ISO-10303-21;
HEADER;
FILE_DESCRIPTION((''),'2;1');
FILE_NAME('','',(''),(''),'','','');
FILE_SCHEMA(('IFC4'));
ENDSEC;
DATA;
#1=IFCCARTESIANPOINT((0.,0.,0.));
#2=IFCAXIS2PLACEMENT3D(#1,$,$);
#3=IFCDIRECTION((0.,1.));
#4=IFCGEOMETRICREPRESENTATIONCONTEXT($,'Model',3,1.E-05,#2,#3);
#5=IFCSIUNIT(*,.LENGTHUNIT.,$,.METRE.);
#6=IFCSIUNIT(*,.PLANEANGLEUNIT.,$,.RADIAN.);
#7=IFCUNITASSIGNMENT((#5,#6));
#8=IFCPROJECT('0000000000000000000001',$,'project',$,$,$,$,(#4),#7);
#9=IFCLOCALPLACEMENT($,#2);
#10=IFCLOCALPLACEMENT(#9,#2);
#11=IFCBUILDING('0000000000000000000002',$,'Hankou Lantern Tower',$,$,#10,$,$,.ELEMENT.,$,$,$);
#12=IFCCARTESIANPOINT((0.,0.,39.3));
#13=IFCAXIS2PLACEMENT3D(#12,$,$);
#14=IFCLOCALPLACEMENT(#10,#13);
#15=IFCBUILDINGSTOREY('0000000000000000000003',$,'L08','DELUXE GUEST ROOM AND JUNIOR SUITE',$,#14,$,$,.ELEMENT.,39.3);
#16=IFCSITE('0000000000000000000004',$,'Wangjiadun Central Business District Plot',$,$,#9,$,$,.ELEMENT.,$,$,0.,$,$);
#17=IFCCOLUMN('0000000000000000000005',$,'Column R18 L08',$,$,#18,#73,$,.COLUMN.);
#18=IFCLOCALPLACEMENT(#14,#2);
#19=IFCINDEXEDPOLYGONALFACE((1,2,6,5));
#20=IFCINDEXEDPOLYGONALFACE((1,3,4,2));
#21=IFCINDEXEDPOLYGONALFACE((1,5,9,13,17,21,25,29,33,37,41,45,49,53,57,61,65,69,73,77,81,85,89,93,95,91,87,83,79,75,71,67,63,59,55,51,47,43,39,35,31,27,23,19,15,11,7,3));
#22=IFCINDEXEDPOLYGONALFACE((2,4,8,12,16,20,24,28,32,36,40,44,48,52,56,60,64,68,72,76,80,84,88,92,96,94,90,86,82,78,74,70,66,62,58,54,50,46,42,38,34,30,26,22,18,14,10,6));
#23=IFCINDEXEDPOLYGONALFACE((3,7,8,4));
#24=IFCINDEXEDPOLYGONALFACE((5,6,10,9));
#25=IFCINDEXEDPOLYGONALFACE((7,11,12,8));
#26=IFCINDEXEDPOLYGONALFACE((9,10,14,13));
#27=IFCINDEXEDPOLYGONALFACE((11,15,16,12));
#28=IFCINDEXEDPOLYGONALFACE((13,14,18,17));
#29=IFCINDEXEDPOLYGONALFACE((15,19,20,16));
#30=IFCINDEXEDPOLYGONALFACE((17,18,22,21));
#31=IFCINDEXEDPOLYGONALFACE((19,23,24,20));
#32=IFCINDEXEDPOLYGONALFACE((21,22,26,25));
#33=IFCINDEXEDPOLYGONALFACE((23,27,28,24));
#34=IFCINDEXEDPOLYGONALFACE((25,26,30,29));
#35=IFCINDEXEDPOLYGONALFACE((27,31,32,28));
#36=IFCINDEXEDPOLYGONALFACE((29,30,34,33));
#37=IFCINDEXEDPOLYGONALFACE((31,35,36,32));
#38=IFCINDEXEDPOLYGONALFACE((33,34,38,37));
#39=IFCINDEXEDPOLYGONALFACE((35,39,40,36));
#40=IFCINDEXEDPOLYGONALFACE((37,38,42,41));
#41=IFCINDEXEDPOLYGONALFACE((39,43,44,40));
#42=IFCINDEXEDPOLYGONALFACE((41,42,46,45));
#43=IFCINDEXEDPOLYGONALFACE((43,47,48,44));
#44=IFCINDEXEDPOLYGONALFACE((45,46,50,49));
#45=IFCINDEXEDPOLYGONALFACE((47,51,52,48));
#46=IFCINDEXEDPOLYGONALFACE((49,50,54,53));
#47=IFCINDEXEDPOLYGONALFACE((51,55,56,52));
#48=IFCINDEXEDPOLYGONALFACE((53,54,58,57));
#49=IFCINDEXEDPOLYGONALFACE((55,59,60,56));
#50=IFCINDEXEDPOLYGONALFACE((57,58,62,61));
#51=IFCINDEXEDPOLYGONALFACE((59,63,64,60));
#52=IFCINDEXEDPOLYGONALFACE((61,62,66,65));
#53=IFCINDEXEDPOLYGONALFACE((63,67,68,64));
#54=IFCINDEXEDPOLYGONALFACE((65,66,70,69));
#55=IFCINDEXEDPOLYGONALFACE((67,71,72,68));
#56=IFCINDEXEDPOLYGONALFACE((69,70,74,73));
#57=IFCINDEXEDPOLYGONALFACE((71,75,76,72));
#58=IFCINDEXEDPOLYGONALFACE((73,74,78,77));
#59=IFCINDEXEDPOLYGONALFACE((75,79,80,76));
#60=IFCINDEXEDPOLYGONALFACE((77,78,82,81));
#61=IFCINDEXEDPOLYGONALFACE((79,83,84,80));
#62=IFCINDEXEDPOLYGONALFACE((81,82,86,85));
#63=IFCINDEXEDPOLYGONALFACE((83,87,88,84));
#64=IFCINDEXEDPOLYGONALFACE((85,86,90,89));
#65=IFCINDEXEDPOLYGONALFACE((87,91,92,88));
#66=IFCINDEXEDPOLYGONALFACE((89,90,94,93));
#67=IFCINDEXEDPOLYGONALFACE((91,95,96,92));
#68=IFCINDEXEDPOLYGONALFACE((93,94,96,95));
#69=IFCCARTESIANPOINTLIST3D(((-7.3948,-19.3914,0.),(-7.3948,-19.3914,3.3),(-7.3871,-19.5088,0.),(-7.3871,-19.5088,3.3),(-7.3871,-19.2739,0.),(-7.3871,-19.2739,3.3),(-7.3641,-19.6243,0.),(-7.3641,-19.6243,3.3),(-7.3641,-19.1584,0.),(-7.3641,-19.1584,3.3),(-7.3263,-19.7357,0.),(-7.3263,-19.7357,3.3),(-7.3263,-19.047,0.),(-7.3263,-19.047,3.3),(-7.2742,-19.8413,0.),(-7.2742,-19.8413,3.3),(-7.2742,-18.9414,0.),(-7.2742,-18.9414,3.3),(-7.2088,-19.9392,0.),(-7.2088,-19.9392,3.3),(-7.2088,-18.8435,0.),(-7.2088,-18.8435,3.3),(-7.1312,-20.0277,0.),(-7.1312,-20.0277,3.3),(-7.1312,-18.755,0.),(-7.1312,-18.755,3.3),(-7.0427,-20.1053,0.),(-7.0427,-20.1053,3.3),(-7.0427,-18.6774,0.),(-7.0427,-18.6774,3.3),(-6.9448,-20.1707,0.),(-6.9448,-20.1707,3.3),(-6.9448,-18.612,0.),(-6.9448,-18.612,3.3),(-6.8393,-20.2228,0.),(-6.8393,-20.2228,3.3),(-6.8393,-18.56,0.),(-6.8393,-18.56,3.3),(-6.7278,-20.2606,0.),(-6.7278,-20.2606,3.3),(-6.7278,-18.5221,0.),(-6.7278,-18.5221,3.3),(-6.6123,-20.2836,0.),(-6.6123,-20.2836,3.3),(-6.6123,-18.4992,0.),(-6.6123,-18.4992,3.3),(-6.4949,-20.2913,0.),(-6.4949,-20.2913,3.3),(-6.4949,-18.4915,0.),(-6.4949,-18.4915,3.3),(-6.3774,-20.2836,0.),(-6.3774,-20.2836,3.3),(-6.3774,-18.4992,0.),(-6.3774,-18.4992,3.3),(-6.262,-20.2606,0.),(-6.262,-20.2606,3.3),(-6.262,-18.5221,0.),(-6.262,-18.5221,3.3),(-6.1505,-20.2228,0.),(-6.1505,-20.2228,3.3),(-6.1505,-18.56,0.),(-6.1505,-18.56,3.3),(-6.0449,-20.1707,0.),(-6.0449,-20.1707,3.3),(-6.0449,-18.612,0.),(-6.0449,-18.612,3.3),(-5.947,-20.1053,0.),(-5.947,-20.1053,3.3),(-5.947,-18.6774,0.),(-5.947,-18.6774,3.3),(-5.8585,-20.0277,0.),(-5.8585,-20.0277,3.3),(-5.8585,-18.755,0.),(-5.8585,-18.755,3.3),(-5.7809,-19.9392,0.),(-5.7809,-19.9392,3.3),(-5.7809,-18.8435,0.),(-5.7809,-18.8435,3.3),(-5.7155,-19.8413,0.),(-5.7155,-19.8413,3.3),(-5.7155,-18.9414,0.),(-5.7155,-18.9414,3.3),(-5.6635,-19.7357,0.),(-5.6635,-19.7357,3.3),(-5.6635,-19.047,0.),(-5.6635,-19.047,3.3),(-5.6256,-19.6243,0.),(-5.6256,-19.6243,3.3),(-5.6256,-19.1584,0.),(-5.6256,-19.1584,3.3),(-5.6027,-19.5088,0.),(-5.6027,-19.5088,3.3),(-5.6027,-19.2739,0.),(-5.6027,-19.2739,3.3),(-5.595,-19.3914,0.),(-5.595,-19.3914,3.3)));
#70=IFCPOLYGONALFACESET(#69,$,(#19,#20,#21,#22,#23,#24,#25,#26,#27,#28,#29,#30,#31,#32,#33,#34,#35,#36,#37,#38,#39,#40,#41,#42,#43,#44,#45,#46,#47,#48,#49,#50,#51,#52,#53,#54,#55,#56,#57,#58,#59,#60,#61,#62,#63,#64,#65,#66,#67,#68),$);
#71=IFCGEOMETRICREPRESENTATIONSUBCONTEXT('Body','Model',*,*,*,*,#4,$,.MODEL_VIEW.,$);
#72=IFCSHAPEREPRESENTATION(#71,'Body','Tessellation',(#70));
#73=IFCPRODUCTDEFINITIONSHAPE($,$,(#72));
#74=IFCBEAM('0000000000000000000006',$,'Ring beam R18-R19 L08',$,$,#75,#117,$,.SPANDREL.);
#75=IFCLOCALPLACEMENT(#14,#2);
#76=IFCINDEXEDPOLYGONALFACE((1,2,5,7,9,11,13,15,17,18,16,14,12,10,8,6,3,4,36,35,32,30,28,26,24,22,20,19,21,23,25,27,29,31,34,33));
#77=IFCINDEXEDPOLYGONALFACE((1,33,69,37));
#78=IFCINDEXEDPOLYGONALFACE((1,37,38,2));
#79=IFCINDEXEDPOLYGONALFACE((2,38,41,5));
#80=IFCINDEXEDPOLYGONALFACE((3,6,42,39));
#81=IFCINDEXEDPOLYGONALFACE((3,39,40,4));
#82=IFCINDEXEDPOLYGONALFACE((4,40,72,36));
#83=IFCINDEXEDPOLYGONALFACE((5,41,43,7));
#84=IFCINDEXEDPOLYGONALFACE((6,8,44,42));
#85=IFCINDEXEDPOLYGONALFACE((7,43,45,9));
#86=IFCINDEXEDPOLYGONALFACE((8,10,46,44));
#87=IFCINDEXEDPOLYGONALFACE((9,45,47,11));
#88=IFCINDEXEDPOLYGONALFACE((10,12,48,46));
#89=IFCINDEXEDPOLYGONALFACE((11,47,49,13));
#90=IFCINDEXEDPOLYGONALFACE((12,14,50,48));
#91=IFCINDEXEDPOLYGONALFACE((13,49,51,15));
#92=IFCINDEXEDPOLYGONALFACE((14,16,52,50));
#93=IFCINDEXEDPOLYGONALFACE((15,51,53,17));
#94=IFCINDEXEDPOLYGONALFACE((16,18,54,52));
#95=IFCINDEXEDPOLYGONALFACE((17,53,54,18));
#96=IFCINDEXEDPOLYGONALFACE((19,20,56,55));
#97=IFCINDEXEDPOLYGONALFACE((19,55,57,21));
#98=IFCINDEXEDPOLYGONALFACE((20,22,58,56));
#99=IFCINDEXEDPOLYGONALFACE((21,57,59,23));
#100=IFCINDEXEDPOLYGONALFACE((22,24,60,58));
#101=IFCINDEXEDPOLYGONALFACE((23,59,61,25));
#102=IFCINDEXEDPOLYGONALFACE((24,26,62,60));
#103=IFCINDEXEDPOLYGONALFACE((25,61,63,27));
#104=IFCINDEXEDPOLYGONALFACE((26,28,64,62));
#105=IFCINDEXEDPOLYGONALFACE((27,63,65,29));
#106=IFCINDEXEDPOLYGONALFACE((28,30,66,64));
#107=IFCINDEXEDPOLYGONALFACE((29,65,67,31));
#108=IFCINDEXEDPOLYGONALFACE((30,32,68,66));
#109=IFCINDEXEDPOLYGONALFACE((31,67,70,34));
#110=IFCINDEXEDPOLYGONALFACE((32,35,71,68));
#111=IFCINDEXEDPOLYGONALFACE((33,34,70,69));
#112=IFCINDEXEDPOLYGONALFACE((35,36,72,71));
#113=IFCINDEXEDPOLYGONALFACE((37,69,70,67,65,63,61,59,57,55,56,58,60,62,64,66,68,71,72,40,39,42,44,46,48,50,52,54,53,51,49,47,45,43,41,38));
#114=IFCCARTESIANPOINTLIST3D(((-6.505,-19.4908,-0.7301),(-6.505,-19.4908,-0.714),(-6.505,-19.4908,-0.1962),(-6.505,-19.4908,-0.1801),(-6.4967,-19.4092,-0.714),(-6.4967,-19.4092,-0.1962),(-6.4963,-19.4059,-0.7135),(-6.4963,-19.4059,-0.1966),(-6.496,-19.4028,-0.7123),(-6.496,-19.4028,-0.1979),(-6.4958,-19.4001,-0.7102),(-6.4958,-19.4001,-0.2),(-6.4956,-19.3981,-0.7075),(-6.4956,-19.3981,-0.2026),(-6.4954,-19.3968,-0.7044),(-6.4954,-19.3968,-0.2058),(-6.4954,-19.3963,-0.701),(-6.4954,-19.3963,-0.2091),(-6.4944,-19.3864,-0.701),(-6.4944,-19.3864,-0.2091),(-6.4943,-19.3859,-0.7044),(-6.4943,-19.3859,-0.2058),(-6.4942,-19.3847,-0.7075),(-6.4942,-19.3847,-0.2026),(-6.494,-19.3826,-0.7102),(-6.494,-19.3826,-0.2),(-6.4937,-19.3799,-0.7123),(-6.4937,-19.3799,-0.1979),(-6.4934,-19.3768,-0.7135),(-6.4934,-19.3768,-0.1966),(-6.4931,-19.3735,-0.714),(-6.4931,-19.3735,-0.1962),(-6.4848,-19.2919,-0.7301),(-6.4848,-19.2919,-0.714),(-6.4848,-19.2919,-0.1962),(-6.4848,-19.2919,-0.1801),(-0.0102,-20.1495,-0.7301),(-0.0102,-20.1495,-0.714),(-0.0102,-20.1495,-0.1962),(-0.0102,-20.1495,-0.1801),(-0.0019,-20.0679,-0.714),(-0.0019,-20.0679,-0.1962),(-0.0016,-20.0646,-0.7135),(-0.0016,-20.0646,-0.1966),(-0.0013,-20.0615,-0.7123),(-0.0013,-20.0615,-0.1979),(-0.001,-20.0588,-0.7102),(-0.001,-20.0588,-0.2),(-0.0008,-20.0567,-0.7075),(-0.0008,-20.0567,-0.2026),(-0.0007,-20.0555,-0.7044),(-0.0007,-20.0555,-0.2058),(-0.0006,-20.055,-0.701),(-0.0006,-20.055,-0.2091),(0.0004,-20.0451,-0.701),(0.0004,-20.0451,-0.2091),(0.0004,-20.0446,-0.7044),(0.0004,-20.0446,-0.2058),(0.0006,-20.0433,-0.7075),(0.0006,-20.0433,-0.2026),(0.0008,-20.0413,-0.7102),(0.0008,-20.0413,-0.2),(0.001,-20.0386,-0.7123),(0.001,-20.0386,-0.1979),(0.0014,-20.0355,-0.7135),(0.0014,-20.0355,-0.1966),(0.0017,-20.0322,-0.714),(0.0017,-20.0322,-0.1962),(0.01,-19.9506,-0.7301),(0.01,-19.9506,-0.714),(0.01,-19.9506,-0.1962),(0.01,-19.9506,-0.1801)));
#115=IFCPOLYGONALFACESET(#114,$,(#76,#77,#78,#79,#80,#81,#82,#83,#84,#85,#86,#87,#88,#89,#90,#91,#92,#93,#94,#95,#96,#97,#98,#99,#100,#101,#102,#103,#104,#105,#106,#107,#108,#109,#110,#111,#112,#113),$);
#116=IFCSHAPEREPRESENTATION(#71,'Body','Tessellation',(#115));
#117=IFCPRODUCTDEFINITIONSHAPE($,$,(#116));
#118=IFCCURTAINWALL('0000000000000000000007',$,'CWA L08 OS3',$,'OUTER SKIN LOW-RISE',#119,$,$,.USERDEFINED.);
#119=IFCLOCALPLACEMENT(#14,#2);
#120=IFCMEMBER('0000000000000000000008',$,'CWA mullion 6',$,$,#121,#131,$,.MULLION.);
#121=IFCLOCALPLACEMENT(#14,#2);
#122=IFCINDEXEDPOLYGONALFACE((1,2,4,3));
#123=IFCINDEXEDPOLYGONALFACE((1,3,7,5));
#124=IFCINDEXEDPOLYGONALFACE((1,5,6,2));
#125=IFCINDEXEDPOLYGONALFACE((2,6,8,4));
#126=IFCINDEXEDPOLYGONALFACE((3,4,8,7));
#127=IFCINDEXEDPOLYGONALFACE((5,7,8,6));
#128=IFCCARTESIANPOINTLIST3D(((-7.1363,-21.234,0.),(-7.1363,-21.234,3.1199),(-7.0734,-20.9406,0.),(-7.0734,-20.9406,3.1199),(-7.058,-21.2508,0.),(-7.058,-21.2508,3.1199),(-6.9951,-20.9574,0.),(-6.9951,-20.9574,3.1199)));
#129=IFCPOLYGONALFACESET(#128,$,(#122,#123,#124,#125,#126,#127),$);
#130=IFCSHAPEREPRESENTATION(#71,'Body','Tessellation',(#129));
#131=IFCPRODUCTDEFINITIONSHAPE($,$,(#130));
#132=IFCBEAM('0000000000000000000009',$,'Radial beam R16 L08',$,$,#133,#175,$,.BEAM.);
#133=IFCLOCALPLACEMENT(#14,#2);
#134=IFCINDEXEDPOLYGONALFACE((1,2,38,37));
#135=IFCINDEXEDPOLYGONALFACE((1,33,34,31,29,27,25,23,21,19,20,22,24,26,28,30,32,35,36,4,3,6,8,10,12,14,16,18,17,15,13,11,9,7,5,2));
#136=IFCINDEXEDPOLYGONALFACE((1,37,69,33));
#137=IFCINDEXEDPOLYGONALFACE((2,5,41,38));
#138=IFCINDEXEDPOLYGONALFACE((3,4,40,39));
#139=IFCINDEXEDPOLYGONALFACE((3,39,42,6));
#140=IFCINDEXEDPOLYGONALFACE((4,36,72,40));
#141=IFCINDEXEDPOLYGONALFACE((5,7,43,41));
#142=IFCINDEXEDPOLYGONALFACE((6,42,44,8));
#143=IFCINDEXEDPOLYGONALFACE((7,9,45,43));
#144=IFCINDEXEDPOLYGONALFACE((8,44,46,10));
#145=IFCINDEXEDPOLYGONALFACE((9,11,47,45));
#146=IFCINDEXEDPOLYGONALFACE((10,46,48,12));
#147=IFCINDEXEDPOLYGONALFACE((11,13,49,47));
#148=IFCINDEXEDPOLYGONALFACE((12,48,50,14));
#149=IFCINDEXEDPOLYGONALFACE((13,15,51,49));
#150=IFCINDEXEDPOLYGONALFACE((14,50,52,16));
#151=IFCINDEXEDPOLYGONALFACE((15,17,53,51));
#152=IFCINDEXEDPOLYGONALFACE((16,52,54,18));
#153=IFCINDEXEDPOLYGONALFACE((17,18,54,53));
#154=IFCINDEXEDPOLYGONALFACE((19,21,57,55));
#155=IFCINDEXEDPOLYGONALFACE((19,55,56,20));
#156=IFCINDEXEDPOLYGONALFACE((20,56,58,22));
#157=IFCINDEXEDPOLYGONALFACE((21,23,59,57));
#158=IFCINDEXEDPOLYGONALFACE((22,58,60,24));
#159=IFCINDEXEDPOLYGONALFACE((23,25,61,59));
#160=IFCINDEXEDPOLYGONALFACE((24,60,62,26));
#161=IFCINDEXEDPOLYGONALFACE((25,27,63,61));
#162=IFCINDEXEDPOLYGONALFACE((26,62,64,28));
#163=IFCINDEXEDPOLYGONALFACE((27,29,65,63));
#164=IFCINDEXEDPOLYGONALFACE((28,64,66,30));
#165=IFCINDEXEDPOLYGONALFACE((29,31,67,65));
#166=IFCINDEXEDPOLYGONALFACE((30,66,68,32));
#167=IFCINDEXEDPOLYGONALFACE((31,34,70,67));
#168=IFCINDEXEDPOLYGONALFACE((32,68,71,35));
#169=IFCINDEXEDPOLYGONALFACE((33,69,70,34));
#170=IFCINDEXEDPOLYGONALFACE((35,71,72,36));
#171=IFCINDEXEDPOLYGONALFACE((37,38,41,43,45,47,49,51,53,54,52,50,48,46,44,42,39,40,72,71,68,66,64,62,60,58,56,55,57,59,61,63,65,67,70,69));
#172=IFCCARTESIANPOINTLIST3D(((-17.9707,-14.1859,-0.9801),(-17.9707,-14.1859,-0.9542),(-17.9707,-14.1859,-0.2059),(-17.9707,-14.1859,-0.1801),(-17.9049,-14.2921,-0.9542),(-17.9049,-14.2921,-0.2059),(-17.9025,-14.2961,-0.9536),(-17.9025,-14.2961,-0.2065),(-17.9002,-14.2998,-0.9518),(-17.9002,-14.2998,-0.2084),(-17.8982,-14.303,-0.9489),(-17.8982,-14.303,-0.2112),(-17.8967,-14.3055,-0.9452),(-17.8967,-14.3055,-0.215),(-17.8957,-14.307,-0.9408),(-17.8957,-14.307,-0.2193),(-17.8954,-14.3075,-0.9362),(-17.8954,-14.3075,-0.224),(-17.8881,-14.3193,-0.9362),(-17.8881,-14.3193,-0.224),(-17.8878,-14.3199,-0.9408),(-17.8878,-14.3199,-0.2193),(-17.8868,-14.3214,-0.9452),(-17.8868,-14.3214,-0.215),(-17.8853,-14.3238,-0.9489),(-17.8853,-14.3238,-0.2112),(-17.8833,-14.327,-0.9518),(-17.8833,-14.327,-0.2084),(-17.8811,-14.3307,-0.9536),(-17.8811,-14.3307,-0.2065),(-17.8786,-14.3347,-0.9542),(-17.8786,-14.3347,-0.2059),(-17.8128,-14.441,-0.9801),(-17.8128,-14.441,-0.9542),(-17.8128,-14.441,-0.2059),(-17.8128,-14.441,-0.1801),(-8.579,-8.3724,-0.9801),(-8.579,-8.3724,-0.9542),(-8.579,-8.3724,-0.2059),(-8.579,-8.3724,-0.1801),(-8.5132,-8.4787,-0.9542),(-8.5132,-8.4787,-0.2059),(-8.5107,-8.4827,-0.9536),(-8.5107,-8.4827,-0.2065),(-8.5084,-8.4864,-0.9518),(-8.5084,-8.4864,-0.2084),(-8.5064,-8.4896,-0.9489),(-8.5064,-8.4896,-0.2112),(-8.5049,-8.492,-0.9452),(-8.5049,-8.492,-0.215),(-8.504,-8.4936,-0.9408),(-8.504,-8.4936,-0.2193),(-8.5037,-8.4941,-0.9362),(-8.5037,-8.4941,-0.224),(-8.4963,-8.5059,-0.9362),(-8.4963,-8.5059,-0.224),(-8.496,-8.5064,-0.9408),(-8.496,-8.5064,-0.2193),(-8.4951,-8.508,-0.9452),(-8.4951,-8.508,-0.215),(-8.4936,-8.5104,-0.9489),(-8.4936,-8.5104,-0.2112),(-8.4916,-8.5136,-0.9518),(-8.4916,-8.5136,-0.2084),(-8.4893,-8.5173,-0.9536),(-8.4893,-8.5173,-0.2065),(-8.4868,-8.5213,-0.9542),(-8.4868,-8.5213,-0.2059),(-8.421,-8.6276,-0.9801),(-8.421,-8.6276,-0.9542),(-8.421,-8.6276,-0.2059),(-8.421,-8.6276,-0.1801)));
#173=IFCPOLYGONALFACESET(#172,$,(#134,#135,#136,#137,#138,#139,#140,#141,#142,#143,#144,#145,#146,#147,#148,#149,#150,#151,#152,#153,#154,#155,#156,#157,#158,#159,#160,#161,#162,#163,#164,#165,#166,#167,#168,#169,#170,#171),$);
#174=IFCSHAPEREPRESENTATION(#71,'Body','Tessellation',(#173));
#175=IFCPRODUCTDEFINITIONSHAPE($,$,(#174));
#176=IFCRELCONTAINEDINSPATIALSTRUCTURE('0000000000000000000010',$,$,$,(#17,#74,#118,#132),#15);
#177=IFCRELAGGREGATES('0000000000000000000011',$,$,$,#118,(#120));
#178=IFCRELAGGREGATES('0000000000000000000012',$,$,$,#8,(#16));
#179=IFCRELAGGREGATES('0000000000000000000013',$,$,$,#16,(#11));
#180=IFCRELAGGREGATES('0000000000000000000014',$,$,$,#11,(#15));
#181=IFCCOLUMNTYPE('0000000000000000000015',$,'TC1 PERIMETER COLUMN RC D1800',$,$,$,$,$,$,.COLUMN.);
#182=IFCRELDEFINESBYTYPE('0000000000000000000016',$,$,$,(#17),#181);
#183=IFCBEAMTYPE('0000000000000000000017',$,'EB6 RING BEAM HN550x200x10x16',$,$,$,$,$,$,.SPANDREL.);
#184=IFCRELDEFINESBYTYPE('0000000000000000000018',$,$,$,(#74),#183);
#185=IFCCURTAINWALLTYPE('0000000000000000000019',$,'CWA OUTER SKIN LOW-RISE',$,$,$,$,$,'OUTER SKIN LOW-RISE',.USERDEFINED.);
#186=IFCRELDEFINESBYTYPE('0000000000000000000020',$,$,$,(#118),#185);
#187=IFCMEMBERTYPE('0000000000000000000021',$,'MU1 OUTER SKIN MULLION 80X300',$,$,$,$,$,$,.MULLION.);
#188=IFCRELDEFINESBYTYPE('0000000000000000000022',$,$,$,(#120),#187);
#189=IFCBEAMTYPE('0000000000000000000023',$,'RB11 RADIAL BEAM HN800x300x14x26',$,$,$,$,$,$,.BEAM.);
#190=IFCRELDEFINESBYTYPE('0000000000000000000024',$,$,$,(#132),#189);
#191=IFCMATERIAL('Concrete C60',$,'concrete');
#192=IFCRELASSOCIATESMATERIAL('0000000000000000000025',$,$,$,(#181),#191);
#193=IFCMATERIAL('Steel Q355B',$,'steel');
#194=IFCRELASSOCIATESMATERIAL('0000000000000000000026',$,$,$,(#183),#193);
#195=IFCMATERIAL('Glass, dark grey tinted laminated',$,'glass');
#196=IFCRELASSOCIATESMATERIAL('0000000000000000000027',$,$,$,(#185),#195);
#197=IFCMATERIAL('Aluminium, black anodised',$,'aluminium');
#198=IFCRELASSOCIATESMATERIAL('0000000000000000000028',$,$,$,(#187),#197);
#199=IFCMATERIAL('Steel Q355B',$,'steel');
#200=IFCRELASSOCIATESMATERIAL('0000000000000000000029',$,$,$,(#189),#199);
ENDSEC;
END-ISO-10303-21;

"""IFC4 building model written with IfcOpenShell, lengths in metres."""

from ifc_helpers import new_model, si_unit, direction, frame, origin, origin_2d, place, context, subcontext, project, spatial, rectangle, circle, i_section, extrude, material, material_profile, profile_set, type_object, element, aggregate, save


model = new_model("IFC4")

# Units and contexts
model_context = context("Model", 3, precision=1e-05, world=origin(), true_north=direction((0.0, 1.0)))
body_context = subcontext(model_context, "Body", "Model", "MODEL_VIEW")
ifc_project = project(units=[si_unit("LENGTHUNIT", "METRE"), si_unit("PLANEANGLEUNIT", "RADIAN")], contexts=[model_context])

# Site, building, storey
site_placement = place(None, origin())
site = spatial("IfcSite", under=ifc_project, at=site_placement, Name="Wangjiadun Central Business District Plot", CompositionType="ELEMENT", RefElevation=0.0)
building_placement = place(site_placement, origin())
building = spatial("IfcBuilding", under=site, at=building_placement, Name="Hankou Lantern Tower", CompositionType="ELEMENT")
storey_placement = place(building_placement, frame((0.0, 0.0, 39.3)))
storey = spatial("IfcBuildingStorey", under=building, at=storey_placement, Name="L08", Description="DELUXE GUEST ROOM AND JUNIOR SUITE", CompositionType="ELEMENT", Elevation=39.3)

# Column
ifc_material_1 = material(Name="Concrete C60", Category="concrete")
ifc_material_profile_1 = material_profile(ifc_material_1, circle(Radius=0.8999, at=origin_2d()), Name="RC D1800")
ifc_profile_set_1 = profile_set([ifc_material_profile_1], Name="Concrete C60")
column_type = type_object("IfcColumnType", Name="TC1 PERIMETER COLUMN RC D1800", PredefinedType="COLUMN", material=ifc_profile_set_1)
column_placement = place(storey_placement, frame((-6.4949, -19.3914, 0.0), z_axis=(0.0, 0.0, 1.0), x_axis=(1.0, 0.0, 0.0)))
element("IfcColumn", 1, at=column_placement, inside=storey, type_object=column_type, Name="Column R18 L08", PredefinedType="COLUMN", context=body_context, shape_type="SweptSolid", body=[
    extrude(circle(Radius=0.8999, at=origin_2d()), origin(), (0.0, 0.0, 1.0), 3.3),
])

# Beam
ifc_material_2 = material(Name="Steel Q355B", Category="steel")
ifc_material_profile_2 = material_profile(ifc_material_2, i_section(OverallWidth=0.2, OverallDepth=0.55, WebThickness=0.01, FlangeThickness=0.0161, FilletRadius=0.0129, at=origin_2d()), Name="HN550x200x10x16")
ifc_profile_set_2 = profile_set([ifc_material_profile_2], Name="Steel Q355B")
beam_type_1 = type_object("IfcBeamType", Name="EB6 RING BEAM HN550x200x10x16", PredefinedType="SPANDREL", material=ifc_profile_set_2)
beam_1_placement = place(storey_placement, frame((-6.4949, -19.3914, -0.4551), z_axis=(0.994897, -0.1009, 0.0), x_axis=(0.1009, 0.994897, 0.0)))
element("IfcBeam", 2, at=beam_1_placement, inside=storey, type_object=beam_type_1, Name="Ring beam R18-R19 L08", PredefinedType="SPANDREL", context=body_context, shape_type="SweptSolid", body=[
    extrude(i_section(OverallWidth=0.2, OverallDepth=0.55, WebThickness=0.01, FlangeThickness=0.0161, FilletRadius=0.0129, at=origin_2d()), origin(), (0.0, 0.0, 1.0), 6.5281),
])

# Curtain wall, member
ifc_material_3 = material(Name="Glass, dark grey tinted laminated", Category="glass")
curtain_wall_type = type_object("IfcCurtainWallType", Name="CWA OUTER SKIN LOW-RISE", ElementType="OUTER SKIN LOW-RISE", PredefinedType="USERDEFINED", material=ifc_material_3)
curtain_wall_placement = place(storey_placement, origin())
curtain_wall = element("IfcCurtainWall", 3, at=curtain_wall_placement, inside=storey, type_object=curtain_wall_type, Name="CWA L08 OS3", ObjectType="OUTER SKIN LOW-RISE", PredefinedType="USERDEFINED")
ifc_material_4 = material(Name="Aluminium, black anodised", Category="aluminium")
ifc_material_profile_3 = material_profile(ifc_material_4, rectangle(XDim=0.0801, YDim=0.3, at=origin_2d()), Name="MU1 80X300")
ifc_profile_set_3 = profile_set([ifc_material_profile_3], Name="Aluminium, black anodised")
member_type_1 = type_object("IfcMemberType", Name="MU1 OUTER SKIN MULLION 80X300", PredefinedType="MULLION", material=ifc_profile_set_3)
member_1_placement = place(storey_placement, frame((-7.0657, -21.0957, 0.0), z_axis=(0.0, 0.0, 1.0), x_axis=(0.977788, -0.209598, 0.0)))
member_1 = element("IfcMember", 4, at=member_1_placement, type_object=member_type_1, Name="CWA mullion 6", PredefinedType="MULLION", context=body_context, shape_type="SweptSolid", body=[
    extrude(rectangle(XDim=0.0801, YDim=0.3, at=origin_2d()), origin(), (0.0, 0.0, 1.0), 3.1199),
])

# Beam
ifc_material_5 = material(Name="Steel Q355B", Category="steel")
ifc_material_profile_4 = material_profile(ifc_material_5, i_section(OverallWidth=0.3, OverallDepth=0.8, WebThickness=0.0139, FlangeThickness=0.0259, FilletRadius=0.0181, at=origin_2d()), Name="HN800x300x14x26")
ifc_profile_set_4 = profile_set([ifc_material_profile_4], Name="Steel Q355B")
beam_type_2 = type_object("IfcBeamType", Name="RB11 RADIAL BEAM HN800x300x14x26", PredefinedType="BEAM", material=ifc_profile_set_4)
beam_2_placement = place(storey_placement, frame((-8.5, -8.5, -0.5801), z_axis=(-0.850286, -0.52632, 0.0), x_axis=(0.52632, -0.850286, 0.0)))
element("IfcBeam", 5, at=beam_2_placement, inside=storey, type_object=beam_type_2, Name="Radial beam R16 L08", PredefinedType="BEAM", context=body_context, shape_type="SweptSolid", body=[
    extrude(i_section(OverallWidth=0.3, OverallDepth=0.8, WebThickness=0.0139, FlangeThickness=0.0259, FilletRadius=0.0181, at=origin_2d()), origin(), (0.0, 0.0, 1.0), 11.0454),
])

aggregate(curtain_wall, [member_1])

save(model, "model.ifc")
